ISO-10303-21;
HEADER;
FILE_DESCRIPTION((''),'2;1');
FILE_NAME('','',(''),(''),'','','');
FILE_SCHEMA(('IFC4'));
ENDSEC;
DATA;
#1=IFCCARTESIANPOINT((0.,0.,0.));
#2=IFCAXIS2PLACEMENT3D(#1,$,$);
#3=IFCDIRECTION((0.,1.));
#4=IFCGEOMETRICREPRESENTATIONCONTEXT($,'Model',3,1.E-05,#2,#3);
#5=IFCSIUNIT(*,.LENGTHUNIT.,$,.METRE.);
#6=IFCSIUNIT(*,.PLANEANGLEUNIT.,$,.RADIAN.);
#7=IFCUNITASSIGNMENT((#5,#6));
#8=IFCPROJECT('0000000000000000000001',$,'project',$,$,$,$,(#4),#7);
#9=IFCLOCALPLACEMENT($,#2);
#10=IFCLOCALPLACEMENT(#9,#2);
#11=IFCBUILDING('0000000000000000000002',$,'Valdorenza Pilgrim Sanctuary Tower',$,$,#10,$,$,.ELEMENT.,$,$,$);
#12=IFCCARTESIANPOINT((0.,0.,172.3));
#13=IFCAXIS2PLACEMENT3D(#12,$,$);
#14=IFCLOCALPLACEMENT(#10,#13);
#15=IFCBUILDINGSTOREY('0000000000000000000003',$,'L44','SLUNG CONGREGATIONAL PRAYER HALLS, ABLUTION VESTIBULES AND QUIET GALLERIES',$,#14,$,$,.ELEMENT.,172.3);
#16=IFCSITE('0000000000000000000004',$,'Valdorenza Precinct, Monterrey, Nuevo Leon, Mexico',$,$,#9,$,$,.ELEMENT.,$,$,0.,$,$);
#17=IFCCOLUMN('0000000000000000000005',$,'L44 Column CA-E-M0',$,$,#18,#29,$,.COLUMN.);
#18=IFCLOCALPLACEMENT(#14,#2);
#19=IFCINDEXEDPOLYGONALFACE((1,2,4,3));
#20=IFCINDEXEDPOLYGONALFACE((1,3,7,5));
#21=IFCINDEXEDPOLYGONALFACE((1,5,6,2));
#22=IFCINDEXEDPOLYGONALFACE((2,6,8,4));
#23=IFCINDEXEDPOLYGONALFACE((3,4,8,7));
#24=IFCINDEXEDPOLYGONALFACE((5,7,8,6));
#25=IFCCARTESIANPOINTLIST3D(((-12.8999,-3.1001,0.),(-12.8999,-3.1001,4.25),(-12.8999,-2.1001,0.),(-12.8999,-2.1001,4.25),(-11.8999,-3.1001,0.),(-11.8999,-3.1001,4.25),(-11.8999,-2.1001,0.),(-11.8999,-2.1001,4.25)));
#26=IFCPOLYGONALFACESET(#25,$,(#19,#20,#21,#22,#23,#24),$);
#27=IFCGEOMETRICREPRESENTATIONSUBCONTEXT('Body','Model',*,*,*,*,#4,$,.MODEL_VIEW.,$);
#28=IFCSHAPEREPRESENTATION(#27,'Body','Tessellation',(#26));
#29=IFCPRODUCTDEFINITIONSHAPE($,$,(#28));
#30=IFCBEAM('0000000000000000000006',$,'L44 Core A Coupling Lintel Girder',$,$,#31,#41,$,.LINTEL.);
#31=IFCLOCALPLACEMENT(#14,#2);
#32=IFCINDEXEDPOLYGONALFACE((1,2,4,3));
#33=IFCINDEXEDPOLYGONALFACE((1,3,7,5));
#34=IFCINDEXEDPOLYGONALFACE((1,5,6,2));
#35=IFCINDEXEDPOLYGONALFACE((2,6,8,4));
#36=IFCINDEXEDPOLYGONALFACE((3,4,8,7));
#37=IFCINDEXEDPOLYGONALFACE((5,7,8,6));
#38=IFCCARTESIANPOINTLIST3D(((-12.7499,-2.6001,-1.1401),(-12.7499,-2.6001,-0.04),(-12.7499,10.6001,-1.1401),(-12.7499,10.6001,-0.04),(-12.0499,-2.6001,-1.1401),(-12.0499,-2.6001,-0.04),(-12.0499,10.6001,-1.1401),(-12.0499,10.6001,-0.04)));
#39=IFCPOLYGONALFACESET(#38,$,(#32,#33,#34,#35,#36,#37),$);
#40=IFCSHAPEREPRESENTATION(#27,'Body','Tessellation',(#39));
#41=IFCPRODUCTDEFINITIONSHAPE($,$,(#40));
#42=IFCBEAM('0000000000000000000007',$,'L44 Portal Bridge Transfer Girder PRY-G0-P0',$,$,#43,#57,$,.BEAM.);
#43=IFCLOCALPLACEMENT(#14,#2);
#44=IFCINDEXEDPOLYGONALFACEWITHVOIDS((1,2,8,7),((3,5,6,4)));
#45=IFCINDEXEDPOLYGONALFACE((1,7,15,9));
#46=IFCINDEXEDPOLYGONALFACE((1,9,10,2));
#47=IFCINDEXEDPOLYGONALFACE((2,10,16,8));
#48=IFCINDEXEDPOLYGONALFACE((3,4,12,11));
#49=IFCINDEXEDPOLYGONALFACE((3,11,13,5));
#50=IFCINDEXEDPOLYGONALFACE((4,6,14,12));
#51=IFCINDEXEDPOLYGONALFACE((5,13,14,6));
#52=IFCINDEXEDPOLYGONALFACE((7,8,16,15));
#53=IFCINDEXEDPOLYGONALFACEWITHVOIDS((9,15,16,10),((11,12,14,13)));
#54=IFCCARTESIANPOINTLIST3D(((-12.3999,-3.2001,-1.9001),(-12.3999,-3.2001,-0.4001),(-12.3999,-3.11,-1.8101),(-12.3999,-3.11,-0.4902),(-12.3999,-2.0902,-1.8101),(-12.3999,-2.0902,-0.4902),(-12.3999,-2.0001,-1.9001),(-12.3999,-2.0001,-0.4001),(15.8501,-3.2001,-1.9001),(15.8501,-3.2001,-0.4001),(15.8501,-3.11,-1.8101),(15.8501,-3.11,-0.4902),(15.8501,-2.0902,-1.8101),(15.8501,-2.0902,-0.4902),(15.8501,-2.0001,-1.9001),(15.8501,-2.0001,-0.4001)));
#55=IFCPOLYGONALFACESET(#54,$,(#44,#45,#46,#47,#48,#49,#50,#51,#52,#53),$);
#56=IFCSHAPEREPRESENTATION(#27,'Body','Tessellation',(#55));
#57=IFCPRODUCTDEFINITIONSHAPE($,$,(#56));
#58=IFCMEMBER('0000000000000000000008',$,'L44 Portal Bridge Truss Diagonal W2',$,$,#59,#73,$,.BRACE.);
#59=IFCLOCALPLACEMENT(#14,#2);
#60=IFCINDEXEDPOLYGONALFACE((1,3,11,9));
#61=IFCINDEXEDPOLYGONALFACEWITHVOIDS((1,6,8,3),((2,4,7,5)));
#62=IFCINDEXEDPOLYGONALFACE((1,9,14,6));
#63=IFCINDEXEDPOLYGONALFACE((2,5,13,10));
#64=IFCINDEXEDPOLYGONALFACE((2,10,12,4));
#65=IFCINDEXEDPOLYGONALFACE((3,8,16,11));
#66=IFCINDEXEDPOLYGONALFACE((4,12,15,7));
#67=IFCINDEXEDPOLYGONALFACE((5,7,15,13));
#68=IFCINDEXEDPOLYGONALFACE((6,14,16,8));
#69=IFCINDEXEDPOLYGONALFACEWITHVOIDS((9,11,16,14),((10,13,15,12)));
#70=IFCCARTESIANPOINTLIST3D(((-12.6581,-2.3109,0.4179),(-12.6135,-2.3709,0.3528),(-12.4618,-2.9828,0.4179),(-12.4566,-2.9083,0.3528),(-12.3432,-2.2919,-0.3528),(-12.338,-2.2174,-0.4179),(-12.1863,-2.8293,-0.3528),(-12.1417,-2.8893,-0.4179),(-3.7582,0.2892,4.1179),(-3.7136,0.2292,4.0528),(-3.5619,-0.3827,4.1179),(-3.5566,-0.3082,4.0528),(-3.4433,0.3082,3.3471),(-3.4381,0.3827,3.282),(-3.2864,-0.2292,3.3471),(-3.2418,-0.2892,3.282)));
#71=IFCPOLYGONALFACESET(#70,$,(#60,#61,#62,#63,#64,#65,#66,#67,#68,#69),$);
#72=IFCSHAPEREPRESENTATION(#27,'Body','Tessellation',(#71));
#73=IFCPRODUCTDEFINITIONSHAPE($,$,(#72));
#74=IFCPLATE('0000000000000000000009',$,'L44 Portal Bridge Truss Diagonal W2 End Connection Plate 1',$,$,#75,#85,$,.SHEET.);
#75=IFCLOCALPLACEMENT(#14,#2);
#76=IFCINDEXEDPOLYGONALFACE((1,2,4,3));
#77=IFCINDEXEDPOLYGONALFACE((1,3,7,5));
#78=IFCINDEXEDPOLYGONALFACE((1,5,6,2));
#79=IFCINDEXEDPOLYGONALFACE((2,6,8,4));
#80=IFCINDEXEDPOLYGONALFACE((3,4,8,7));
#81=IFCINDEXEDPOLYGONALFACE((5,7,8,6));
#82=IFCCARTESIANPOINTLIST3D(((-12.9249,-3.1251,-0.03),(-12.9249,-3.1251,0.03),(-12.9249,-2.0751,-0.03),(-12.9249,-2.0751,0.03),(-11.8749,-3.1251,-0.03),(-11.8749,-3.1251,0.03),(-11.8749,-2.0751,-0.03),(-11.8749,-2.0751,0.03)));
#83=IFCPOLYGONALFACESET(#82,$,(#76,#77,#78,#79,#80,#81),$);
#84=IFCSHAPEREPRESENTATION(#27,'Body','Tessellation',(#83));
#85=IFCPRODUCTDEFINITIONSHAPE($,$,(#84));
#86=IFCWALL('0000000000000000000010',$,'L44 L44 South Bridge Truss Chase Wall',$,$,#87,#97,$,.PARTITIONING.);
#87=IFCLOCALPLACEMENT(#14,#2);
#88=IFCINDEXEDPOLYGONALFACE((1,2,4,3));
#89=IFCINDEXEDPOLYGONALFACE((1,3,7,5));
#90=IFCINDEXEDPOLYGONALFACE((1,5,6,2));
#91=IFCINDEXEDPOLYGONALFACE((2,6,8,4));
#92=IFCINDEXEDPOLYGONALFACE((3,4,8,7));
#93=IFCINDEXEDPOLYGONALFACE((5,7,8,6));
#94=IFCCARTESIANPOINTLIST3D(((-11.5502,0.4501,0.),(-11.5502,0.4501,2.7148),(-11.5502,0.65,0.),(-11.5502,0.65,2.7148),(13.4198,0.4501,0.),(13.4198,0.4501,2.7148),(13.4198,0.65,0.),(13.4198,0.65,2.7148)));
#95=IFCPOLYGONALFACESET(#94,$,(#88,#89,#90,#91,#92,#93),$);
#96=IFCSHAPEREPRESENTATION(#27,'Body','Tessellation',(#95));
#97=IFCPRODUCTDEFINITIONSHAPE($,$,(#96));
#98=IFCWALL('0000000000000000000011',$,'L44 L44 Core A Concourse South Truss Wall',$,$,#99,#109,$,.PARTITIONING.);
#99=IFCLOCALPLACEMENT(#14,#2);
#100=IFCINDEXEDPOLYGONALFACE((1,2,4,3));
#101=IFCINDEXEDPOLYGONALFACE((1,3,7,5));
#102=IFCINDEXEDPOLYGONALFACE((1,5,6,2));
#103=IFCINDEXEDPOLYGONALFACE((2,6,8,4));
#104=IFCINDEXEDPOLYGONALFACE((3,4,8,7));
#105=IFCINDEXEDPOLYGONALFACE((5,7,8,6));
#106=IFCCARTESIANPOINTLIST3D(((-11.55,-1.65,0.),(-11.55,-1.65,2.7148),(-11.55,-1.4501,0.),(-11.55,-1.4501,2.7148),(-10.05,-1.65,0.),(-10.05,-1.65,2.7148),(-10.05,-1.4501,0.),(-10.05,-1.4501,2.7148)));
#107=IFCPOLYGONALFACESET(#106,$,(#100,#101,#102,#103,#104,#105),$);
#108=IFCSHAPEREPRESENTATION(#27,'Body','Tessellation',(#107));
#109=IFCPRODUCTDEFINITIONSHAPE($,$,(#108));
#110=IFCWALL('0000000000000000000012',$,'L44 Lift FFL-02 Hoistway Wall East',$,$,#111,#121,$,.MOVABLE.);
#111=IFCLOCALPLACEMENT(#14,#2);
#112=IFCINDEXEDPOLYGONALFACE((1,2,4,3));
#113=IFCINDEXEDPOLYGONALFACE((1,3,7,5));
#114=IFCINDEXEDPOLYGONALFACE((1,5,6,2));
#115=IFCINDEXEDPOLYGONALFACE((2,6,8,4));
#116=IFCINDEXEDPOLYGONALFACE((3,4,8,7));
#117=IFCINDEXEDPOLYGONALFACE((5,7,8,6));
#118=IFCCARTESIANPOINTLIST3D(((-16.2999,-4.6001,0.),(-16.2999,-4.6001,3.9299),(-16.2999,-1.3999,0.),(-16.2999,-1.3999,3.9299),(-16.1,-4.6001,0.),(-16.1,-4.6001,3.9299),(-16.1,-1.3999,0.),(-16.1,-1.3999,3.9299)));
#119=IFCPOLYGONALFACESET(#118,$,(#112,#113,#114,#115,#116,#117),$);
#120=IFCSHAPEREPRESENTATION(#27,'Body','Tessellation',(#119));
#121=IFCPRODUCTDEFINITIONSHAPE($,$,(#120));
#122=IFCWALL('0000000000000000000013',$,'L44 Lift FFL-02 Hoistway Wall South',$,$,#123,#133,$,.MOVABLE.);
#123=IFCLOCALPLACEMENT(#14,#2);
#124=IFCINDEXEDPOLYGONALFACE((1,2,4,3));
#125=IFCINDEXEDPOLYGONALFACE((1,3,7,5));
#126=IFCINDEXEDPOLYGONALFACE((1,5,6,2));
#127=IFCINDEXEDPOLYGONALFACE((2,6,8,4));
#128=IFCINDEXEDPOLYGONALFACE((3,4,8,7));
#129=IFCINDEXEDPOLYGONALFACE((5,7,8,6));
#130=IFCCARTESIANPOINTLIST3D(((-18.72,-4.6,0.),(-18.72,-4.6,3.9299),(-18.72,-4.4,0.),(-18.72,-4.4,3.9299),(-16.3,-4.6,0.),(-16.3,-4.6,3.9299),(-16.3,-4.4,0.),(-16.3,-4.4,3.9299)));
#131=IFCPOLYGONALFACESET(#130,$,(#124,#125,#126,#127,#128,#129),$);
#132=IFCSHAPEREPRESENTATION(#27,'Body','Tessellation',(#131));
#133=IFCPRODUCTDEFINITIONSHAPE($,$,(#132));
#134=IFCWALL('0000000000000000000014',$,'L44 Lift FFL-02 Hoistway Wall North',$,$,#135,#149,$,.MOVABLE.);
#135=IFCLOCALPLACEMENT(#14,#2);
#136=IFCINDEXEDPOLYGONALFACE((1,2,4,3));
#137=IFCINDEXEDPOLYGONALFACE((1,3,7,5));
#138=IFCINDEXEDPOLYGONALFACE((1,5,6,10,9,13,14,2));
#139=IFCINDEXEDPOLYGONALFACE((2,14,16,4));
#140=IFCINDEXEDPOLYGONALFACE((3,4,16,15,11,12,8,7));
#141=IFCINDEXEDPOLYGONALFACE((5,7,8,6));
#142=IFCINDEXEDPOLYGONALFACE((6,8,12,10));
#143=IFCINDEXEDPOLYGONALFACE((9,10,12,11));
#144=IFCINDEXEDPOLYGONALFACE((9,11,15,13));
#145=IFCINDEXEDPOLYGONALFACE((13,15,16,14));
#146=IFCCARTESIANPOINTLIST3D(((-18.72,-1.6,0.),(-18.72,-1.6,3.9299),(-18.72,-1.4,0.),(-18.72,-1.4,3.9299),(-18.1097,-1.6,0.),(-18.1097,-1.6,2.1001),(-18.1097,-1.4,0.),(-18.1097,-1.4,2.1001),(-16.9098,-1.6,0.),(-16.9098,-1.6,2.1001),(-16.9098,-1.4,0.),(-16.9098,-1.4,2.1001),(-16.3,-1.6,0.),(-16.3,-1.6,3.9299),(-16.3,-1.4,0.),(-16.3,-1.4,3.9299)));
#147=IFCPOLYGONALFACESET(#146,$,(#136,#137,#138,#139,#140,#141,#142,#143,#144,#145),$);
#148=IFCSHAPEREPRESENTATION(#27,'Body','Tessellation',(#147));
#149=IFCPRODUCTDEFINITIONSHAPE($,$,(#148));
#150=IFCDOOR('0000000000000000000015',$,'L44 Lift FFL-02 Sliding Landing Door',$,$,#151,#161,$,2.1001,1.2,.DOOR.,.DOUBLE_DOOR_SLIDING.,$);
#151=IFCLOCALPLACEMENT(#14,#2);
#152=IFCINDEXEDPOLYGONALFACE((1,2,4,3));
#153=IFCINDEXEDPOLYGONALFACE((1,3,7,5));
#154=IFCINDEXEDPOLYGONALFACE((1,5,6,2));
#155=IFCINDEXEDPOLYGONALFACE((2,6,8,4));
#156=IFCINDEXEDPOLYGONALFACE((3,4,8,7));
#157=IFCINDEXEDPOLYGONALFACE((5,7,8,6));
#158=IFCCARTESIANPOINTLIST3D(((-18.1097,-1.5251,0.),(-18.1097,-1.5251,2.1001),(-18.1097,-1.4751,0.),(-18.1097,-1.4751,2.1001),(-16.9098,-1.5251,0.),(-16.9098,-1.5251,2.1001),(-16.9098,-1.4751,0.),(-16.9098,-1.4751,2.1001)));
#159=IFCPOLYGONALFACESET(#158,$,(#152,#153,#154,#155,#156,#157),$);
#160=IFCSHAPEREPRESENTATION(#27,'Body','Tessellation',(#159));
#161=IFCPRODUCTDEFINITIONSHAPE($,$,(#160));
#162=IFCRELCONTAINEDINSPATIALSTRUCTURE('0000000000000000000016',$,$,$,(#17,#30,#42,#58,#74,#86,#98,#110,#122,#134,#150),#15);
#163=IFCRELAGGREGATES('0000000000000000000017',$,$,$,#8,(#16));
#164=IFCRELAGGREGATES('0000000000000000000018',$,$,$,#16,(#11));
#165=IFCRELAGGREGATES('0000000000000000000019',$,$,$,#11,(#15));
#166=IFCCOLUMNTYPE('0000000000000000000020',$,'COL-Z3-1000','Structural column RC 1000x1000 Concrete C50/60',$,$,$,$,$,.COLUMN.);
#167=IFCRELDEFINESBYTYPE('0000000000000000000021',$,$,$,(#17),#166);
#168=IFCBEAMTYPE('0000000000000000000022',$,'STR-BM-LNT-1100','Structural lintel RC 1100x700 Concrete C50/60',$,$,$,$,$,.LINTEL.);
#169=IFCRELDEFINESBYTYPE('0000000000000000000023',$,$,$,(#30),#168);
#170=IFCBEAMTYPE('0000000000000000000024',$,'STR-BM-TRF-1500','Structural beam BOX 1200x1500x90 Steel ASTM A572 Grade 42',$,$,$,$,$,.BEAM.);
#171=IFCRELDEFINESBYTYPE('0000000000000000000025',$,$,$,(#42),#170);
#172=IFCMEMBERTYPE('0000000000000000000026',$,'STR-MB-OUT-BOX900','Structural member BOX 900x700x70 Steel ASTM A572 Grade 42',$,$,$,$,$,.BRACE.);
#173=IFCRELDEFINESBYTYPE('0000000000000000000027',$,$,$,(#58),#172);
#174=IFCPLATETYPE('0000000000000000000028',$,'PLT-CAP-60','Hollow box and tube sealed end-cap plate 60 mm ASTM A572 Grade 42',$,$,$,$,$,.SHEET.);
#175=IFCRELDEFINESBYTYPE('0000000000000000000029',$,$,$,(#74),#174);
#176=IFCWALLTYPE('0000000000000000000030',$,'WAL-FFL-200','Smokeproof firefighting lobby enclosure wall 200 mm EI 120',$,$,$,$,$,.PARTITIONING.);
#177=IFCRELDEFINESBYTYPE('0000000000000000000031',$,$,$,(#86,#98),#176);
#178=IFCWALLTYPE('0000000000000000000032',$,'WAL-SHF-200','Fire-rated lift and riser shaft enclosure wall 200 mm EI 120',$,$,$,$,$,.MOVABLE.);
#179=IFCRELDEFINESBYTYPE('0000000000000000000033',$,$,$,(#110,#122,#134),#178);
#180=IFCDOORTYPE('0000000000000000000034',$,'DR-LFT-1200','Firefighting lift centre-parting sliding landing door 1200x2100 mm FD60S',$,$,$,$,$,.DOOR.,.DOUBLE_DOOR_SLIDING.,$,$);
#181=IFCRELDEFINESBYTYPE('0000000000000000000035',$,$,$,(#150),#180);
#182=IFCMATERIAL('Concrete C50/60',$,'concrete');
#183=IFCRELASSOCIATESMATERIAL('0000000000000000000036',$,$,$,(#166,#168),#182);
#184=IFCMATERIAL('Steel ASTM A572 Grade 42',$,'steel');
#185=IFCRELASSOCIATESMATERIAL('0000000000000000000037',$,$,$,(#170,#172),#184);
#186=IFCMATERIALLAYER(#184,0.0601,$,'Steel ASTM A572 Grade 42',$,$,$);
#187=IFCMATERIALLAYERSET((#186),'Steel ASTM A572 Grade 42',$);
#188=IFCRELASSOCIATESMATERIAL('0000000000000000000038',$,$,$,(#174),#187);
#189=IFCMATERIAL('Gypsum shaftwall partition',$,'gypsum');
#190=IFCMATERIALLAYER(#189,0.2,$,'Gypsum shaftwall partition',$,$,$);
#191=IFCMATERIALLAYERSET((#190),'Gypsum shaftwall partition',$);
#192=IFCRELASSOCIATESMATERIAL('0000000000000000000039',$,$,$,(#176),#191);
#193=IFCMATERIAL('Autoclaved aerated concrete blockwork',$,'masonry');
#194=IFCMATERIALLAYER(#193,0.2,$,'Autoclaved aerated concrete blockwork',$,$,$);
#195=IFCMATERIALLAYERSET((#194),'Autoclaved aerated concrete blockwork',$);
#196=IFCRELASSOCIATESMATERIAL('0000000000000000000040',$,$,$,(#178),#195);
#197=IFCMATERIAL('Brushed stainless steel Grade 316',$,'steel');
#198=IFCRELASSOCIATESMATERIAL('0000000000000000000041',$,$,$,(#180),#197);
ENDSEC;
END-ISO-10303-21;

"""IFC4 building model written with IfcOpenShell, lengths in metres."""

from ifc_helpers import new_model, si_unit, direction, frame, frame_2d, origin, origin_2d, place, context, subcontext, project, spatial, rectangle, hollow_rectangle, extrude, source, transform, mapped, material, layer, layer_set, material_profile, profile_set, type_object, element, fill, save


model = new_model("IFC4")

# Units and contexts
model_context = context("Model", 3, precision=1e-05, world=origin(), true_north=direction((0.0, 1.0)))
body_context = subcontext(model_context, "Body", "Model", "MODEL_VIEW")
ifc_project = project(units=[si_unit("LENGTHUNIT", "METRE"), si_unit("PLANEANGLEUNIT", "RADIAN")], contexts=[model_context])

# Site, building, storey
site_placement = place(None, origin())
site = spatial("IfcSite", under=ifc_project, at=site_placement, Name="Valdorenza Precinct, Monterrey, Nuevo Leon, Mexico", CompositionType="ELEMENT", RefElevation=0.0)
building_placement = place(site_placement, origin())
building = spatial("IfcBuilding", under=site, at=building_placement, Name="Valdorenza Pilgrim Sanctuary Tower", CompositionType="ELEMENT")
storey_placement = place(building_placement, frame((0.0, 0.0, 172.3)))
storey = spatial("IfcBuildingStorey", under=building, at=storey_placement, Name="L44", Description="SLUNG CONGREGATIONAL PRAYER HALLS, ABLUTION VESTIBULES AND QUIET GALLERIES", CompositionType="ELEMENT", Elevation=172.3)

# Column
ifc_material_1 = material(Name="Concrete C50/60", Category="concrete")
ifc_material_profile_1 = material_profile(ifc_material_1, rectangle(XDim=1.0, YDim=1.0, at=origin_2d()), Name="RC 1000x1000")
ifc_profile_set_1 = profile_set([ifc_material_profile_1], Name="Concrete C50/60")
column_type = type_object("IfcColumnType", Name="COL-Z3-1000", Description="Structural column RC 1000x1000 Concrete C50/60", PredefinedType="COLUMN", material=ifc_profile_set_1)
shared_shape_1 = source(origin(), body_context, "Body", "SweptSolid", [
    extrude(rectangle(XDim=1.0, YDim=1.0, at=origin_2d()), origin(), (0.0, 0.0, 1.0), 4.25),
])
column_placement = place(storey_placement, frame((-12.3999, -2.6001, 0.0), z_axis=(0.0, 0.0, 1.0), x_axis=(1.0, 0.0, 0.0)))
element("IfcColumn", 1, at=column_placement, inside=storey, type_object=column_type, Name="L44 Column CA-E-M0", PredefinedType="COLUMN", context=body_context, shape_type="MappedRepresentation", body=[
    mapped(shared_shape_1, transform((0.0, 0.0, 0.0), x_axis=(1.0, 0.0, 0.0), y_axis=(0.0, 1.0, 0.0), z_axis=(0.0, 0.0, 1.0), scale=1.0)),
])

# Beams
ifc_material_profile_2 = material_profile(ifc_material_1, rectangle(XDim=0.7, YDim=1.1001, at=origin_2d()), Name="RC 1100x700")
ifc_profile_set_2 = profile_set([ifc_material_profile_2], Name="Concrete C50/60")
beam_type_1 = type_object("IfcBeamType", Name="STR-BM-LNT-1100", Description="Structural lintel RC 1100x700 Concrete C50/60", PredefinedType="LINTEL", material=ifc_profile_set_2)
shared_shape_2 = source(origin(), body_context, "Body", "SweptSolid", [
    extrude(rectangle(XDim=0.7, YDim=1.1001, at=origin_2d()), origin(), (0.0, 0.0, 1.0), 13.2002),
])
beam_1_placement = place(storey_placement, frame((-12.3999, -2.6001, -0.5901), z_axis=(0.0, 1.0, 0.0), x_axis=(-1.0, 0.0, 0.0)))
element("IfcBeam", 2, at=beam_1_placement, inside=storey, type_object=beam_type_1, Name="L44 Core A Coupling Lintel Girder", PredefinedType="LINTEL", context=body_context, shape_type="MappedRepresentation", body=[
    mapped(shared_shape_2, transform((0.0, 0.0, 0.0), x_axis=(1.0, 0.0, 0.0), y_axis=(0.0, 1.0, 0.0), z_axis=(0.0, 0.0, 1.0), scale=1.0)),
])
ifc_material_2 = material(Name="Steel ASTM A572 Grade 42", Category="steel")
ifc_material_profile_3 = material_profile(ifc_material_2, hollow_rectangle(XDim=1.2, YDim=1.5, WallThickness=0.0901, at=origin_2d()), Name="BOX 1200x1500x90")
ifc_profile_set_3 = profile_set([ifc_material_profile_3], Name="Steel ASTM A572 Grade 42")
beam_type_2 = type_object("IfcBeamType", Name="STR-BM-TRF-1500", Description="Structural beam BOX 1200x1500x90 Steel ASTM A572 Grade 42", PredefinedType="BEAM", material=ifc_profile_set_3)
shared_shape_3 = source(origin(), body_context, "Body", "SweptSolid", [
    extrude(hollow_rectangle(XDim=1.2, YDim=1.5, WallThickness=0.0901, at=origin_2d()), origin(), (0.0, 0.0, 1.0), 28.25),
])
beam_2_placement = place(storey_placement, frame((-12.3999, -2.6001, -1.1501), z_axis=(1.0, 0.0, 0.0), x_axis=(0.0, 1.0, 0.0)))
element("IfcBeam", 3, at=beam_2_placement, inside=storey, type_object=beam_type_2, Name="L44 Portal Bridge Transfer Girder PRY-G0-P0", PredefinedType="BEAM", context=body_context, shape_type="MappedRepresentation", body=[
    mapped(shared_shape_3, transform((0.0, 0.0, 0.0), x_axis=(1.0, 0.0, 0.0), y_axis=(0.0, 1.0, 0.0), z_axis=(0.0, 0.0, 1.0), scale=1.0)),
])

# Member
ifc_material_profile_4 = material_profile(ifc_material_2, hollow_rectangle(XDim=0.7, YDim=0.8999, WallThickness=0.0701, at=origin_2d()), Name="BOX 900x700x70")
ifc_profile_set_4 = profile_set([ifc_material_profile_4], Name="Steel ASTM A572 Grade 42")
member_type = type_object("IfcMemberType", Name="STR-MB-OUT-BOX900", Description="Structural member BOX 900x700x70 Steel ASTM A572 Grade 42", PredefinedType="BRACE", material=ifc_profile_set_4)
shared_shape_4 = source(origin(), body_context, "Body", "SweptSolid", [
    extrude(hollow_rectangle(XDim=0.7, YDim=0.8999, WallThickness=0.0701, at=origin_2d()), origin(), (0.0, 0.0, 1.0), 9.9829),
])
member_placement = place(storey_placement, frame((-12.3999, -2.6001, 0.0), z_axis=(0.891514, 0.260455, 0.370629), x_axis=(-0.280427, 0.959875, 0.0)))
element("IfcMember", 4, at=member_placement, inside=storey, type_object=member_type, Name="L44 Portal Bridge Truss Diagonal W2", PredefinedType="BRACE", context=body_context, shape_type="MappedRepresentation", body=[
    mapped(shared_shape_4, transform((0.0, 0.0, 0.0), x_axis=(1.0, 0.0, 0.0), y_axis=(0.0, 1.0, 0.0), z_axis=(0.0, 0.0, 1.0), scale=1.0)),
])

# Plate
ifc_layer_1 = layer(ifc_material_2, 0.0601, Name="Steel ASTM A572 Grade 42")
ifc_layer_set_1 = layer_set([ifc_layer_1], Name="Steel ASTM A572 Grade 42")
plate_type = type_object("IfcPlateType", Name="PLT-CAP-60", Description="Hollow box and tube sealed end-cap plate 60 mm ASTM A572 Grade 42", PredefinedType="SHEET", material=ifc_layer_set_1)
shared_shape_5 = source(origin(), body_context, "Body", "SweptSolid", [
    extrude(rectangle(XDim=1.05, YDim=1.05, at=origin_2d()), origin(), (0.0, 0.0, 1.0), 0.0601),
])
plate_placement = place(storey_placement, frame((-12.3999, -2.6001, -0.03), z_axis=(0.0, 0.0, 1.0), x_axis=(1.0, 0.0, 0.0)))
element("IfcPlate", 5, at=plate_placement, inside=storey, type_object=plate_type, Name="L44 Portal Bridge Truss Diagonal W2 End Connection Plate 1", PredefinedType="SHEET", context=body_context, shape_type="MappedRepresentation", body=[
    mapped(shared_shape_5, transform((0.0, 0.0, 0.0), x_axis=(1.0, 0.0, 0.0), y_axis=(0.0, 1.0, 0.0), z_axis=(0.0, 0.0, 1.0), scale=1.0)),
])

# Shared definitions
ifc_material_3 = material(Name="Gypsum shaftwall partition", Category="gypsum")
ifc_layer_2 = layer(ifc_material_3, 0.2, Name="Gypsum shaftwall partition")
ifc_layer_set_2 = layer_set([ifc_layer_2], Name="Gypsum shaftwall partition")
wall_type_1 = type_object("IfcWallType", Name="WAL-FFL-200", Description="Smokeproof firefighting lobby enclosure wall 200 mm EI 120", PredefinedType="PARTITIONING", material=ifc_layer_set_2)

# Walls
wall_1_placement = place(storey_placement, frame((-11.55, 0.55, 0.0), z_axis=(0.0, 0.0, 1.0), x_axis=(1.0, 0.0, 0.0)))
element("IfcWall", 6, at=wall_1_placement, inside=storey, type_object=wall_type_1, Name="L44 L44 South Bridge Truss Chase Wall", PredefinedType="PARTITIONING", context=body_context, shape_type="SweptSolid", body=[
    extrude(rectangle(XDim=24.97, YDim=0.2, at=frame_2d((12.4849, 0.0))), origin(), (0.0, 0.0, 1.0), 2.7148),
])
wall_2_placement = place(storey_placement, frame((-11.55, -1.55, 0.0), z_axis=(0.0, 0.0, 1.0), x_axis=(1.0, 0.0, 0.0)))
element("IfcWall", 7, at=wall_2_placement, inside=storey, type_object=wall_type_1, Name="L44 L44 Core A Concourse South Truss Wall", PredefinedType="PARTITIONING", context=body_context, shape_type="SweptSolid", body=[
    extrude(rectangle(XDim=1.5, YDim=0.2, at=frame_2d((0.75, 0.0))), origin(), (0.0, 0.0, 1.0), 2.7148),
])
ifc_material_4 = material(Name="Autoclaved aerated concrete blockwork", Category="masonry")
ifc_layer_3 = layer(ifc_material_4, 0.2, Name="Autoclaved aerated concrete blockwork")
ifc_layer_set_3 = layer_set([ifc_layer_3], Name="Autoclaved aerated concrete blockwork")
wall_type_2 = type_object("IfcWallType", Name="WAL-SHF-200", Description="Fire-rated lift and riser shaft enclosure wall 200 mm EI 120", PredefinedType="MOVABLE", material=ifc_layer_set_3)
wall_3_placement = place(storey_placement, frame((-16.2, -4.6001, 0.0), z_axis=(0.0, 0.0, 1.0), x_axis=(0.0, 1.0, 0.0)))
element("IfcWall", 8, at=wall_3_placement, inside=storey, type_object=wall_type_2, Name="L44 Lift FFL-02 Hoistway Wall East", PredefinedType="MOVABLE", context=body_context, shape_type="SweptSolid", body=[
    extrude(rectangle(XDim=3.2002, YDim=0.2, at=frame_2d((1.6001, 0.0))), origin(), (0.0, 0.0, 1.0), 3.9299),
])
wall_4_placement = place(storey_placement, frame((-18.72, -4.5, 0.0), z_axis=(0.0, 0.0, 1.0), x_axis=(1.0, 0.0, 0.0)))
element("IfcWall", 9, at=wall_4_placement, inside=storey, type_object=wall_type_2, Name="L44 Lift FFL-02 Hoistway Wall South", PredefinedType="MOVABLE", context=body_context, shape_type="SweptSolid", body=[
    extrude(rectangle(XDim=2.4199, YDim=0.2, at=frame_2d((1.21, 0.0))), origin(), (0.0, 0.0, 1.0), 3.9299),
])

# Wall, opening, door
wall_5_placement = place(storey_placement, frame((-18.72, -1.5, 0.0), z_axis=(0.0, 0.0, 1.0), x_axis=(1.0, 0.0, 0.0)))
wall_5 = element("IfcWall", 10, at=wall_5_placement, inside=storey, type_object=wall_type_2, Name="L44 Lift FFL-02 Hoistway Wall North", PredefinedType="MOVABLE", context=body_context, shape_type="SweptSolid", body=[
    extrude(rectangle(XDim=2.4199, YDim=0.2, at=frame_2d((1.21, 0.0))), origin(), (0.0, 0.0, 1.0), 3.9299),
])
opening_1_placement = place(wall_5_placement, frame((0.6101, 0.0, 0.0)))
opening_1 = element("IfcOpeningElement", 11, at=opening_1_placement, cuts=wall_5, PredefinedType="OPENING", context=body_context, shape_type="SweptSolid", body=[
    extrude(rectangle(XDim=1.2, YDim=2.1001, at=frame_2d((0.6001, 1.05))), frame((0.0, 0.1147, 0.0), z_axis=(0.0, -1.0, 0.0), x_axis=(1.0, 0.0, 0.0)), (0.0, 0.0, 1.0), 0.2297),
])
ifc_material_5 = material(Name="Brushed stainless steel Grade 316", Category="steel")
door_type_1 = type_object("IfcDoorType", Name="DR-LFT-1200", Description="Firefighting lift centre-parting sliding landing door 1200x2100 mm FD60S", OperationType="DOUBLE_DOOR_SLIDING", PredefinedType="DOOR", material=ifc_material_5)
door_1_placement = place(opening_1_placement, origin())
door_1 = element("IfcDoor", 12, at=door_1_placement, inside=storey, type_object=door_type_1, Name="L44 Lift FFL-02 Sliding Landing Door", OperationType="DOUBLE_DOOR_SLIDING", OverallHeight=2.1001, OverallWidth=1.2, PredefinedType="DOOR", context=body_context, shape_type="SweptSolid", body=[
    extrude(rectangle(XDim=1.2, YDim=2.1001, at=frame_2d((0.6001, 1.05))), frame((0.0, 0.0249, 0.0), z_axis=(0.0, -1.0, 0.0), x_axis=(1.0, 0.0, 0.0)), (0.0, 0.0, 1.0), 0.05),
])
fill(opening_1, door_1)

save(model, "model.ifc")
